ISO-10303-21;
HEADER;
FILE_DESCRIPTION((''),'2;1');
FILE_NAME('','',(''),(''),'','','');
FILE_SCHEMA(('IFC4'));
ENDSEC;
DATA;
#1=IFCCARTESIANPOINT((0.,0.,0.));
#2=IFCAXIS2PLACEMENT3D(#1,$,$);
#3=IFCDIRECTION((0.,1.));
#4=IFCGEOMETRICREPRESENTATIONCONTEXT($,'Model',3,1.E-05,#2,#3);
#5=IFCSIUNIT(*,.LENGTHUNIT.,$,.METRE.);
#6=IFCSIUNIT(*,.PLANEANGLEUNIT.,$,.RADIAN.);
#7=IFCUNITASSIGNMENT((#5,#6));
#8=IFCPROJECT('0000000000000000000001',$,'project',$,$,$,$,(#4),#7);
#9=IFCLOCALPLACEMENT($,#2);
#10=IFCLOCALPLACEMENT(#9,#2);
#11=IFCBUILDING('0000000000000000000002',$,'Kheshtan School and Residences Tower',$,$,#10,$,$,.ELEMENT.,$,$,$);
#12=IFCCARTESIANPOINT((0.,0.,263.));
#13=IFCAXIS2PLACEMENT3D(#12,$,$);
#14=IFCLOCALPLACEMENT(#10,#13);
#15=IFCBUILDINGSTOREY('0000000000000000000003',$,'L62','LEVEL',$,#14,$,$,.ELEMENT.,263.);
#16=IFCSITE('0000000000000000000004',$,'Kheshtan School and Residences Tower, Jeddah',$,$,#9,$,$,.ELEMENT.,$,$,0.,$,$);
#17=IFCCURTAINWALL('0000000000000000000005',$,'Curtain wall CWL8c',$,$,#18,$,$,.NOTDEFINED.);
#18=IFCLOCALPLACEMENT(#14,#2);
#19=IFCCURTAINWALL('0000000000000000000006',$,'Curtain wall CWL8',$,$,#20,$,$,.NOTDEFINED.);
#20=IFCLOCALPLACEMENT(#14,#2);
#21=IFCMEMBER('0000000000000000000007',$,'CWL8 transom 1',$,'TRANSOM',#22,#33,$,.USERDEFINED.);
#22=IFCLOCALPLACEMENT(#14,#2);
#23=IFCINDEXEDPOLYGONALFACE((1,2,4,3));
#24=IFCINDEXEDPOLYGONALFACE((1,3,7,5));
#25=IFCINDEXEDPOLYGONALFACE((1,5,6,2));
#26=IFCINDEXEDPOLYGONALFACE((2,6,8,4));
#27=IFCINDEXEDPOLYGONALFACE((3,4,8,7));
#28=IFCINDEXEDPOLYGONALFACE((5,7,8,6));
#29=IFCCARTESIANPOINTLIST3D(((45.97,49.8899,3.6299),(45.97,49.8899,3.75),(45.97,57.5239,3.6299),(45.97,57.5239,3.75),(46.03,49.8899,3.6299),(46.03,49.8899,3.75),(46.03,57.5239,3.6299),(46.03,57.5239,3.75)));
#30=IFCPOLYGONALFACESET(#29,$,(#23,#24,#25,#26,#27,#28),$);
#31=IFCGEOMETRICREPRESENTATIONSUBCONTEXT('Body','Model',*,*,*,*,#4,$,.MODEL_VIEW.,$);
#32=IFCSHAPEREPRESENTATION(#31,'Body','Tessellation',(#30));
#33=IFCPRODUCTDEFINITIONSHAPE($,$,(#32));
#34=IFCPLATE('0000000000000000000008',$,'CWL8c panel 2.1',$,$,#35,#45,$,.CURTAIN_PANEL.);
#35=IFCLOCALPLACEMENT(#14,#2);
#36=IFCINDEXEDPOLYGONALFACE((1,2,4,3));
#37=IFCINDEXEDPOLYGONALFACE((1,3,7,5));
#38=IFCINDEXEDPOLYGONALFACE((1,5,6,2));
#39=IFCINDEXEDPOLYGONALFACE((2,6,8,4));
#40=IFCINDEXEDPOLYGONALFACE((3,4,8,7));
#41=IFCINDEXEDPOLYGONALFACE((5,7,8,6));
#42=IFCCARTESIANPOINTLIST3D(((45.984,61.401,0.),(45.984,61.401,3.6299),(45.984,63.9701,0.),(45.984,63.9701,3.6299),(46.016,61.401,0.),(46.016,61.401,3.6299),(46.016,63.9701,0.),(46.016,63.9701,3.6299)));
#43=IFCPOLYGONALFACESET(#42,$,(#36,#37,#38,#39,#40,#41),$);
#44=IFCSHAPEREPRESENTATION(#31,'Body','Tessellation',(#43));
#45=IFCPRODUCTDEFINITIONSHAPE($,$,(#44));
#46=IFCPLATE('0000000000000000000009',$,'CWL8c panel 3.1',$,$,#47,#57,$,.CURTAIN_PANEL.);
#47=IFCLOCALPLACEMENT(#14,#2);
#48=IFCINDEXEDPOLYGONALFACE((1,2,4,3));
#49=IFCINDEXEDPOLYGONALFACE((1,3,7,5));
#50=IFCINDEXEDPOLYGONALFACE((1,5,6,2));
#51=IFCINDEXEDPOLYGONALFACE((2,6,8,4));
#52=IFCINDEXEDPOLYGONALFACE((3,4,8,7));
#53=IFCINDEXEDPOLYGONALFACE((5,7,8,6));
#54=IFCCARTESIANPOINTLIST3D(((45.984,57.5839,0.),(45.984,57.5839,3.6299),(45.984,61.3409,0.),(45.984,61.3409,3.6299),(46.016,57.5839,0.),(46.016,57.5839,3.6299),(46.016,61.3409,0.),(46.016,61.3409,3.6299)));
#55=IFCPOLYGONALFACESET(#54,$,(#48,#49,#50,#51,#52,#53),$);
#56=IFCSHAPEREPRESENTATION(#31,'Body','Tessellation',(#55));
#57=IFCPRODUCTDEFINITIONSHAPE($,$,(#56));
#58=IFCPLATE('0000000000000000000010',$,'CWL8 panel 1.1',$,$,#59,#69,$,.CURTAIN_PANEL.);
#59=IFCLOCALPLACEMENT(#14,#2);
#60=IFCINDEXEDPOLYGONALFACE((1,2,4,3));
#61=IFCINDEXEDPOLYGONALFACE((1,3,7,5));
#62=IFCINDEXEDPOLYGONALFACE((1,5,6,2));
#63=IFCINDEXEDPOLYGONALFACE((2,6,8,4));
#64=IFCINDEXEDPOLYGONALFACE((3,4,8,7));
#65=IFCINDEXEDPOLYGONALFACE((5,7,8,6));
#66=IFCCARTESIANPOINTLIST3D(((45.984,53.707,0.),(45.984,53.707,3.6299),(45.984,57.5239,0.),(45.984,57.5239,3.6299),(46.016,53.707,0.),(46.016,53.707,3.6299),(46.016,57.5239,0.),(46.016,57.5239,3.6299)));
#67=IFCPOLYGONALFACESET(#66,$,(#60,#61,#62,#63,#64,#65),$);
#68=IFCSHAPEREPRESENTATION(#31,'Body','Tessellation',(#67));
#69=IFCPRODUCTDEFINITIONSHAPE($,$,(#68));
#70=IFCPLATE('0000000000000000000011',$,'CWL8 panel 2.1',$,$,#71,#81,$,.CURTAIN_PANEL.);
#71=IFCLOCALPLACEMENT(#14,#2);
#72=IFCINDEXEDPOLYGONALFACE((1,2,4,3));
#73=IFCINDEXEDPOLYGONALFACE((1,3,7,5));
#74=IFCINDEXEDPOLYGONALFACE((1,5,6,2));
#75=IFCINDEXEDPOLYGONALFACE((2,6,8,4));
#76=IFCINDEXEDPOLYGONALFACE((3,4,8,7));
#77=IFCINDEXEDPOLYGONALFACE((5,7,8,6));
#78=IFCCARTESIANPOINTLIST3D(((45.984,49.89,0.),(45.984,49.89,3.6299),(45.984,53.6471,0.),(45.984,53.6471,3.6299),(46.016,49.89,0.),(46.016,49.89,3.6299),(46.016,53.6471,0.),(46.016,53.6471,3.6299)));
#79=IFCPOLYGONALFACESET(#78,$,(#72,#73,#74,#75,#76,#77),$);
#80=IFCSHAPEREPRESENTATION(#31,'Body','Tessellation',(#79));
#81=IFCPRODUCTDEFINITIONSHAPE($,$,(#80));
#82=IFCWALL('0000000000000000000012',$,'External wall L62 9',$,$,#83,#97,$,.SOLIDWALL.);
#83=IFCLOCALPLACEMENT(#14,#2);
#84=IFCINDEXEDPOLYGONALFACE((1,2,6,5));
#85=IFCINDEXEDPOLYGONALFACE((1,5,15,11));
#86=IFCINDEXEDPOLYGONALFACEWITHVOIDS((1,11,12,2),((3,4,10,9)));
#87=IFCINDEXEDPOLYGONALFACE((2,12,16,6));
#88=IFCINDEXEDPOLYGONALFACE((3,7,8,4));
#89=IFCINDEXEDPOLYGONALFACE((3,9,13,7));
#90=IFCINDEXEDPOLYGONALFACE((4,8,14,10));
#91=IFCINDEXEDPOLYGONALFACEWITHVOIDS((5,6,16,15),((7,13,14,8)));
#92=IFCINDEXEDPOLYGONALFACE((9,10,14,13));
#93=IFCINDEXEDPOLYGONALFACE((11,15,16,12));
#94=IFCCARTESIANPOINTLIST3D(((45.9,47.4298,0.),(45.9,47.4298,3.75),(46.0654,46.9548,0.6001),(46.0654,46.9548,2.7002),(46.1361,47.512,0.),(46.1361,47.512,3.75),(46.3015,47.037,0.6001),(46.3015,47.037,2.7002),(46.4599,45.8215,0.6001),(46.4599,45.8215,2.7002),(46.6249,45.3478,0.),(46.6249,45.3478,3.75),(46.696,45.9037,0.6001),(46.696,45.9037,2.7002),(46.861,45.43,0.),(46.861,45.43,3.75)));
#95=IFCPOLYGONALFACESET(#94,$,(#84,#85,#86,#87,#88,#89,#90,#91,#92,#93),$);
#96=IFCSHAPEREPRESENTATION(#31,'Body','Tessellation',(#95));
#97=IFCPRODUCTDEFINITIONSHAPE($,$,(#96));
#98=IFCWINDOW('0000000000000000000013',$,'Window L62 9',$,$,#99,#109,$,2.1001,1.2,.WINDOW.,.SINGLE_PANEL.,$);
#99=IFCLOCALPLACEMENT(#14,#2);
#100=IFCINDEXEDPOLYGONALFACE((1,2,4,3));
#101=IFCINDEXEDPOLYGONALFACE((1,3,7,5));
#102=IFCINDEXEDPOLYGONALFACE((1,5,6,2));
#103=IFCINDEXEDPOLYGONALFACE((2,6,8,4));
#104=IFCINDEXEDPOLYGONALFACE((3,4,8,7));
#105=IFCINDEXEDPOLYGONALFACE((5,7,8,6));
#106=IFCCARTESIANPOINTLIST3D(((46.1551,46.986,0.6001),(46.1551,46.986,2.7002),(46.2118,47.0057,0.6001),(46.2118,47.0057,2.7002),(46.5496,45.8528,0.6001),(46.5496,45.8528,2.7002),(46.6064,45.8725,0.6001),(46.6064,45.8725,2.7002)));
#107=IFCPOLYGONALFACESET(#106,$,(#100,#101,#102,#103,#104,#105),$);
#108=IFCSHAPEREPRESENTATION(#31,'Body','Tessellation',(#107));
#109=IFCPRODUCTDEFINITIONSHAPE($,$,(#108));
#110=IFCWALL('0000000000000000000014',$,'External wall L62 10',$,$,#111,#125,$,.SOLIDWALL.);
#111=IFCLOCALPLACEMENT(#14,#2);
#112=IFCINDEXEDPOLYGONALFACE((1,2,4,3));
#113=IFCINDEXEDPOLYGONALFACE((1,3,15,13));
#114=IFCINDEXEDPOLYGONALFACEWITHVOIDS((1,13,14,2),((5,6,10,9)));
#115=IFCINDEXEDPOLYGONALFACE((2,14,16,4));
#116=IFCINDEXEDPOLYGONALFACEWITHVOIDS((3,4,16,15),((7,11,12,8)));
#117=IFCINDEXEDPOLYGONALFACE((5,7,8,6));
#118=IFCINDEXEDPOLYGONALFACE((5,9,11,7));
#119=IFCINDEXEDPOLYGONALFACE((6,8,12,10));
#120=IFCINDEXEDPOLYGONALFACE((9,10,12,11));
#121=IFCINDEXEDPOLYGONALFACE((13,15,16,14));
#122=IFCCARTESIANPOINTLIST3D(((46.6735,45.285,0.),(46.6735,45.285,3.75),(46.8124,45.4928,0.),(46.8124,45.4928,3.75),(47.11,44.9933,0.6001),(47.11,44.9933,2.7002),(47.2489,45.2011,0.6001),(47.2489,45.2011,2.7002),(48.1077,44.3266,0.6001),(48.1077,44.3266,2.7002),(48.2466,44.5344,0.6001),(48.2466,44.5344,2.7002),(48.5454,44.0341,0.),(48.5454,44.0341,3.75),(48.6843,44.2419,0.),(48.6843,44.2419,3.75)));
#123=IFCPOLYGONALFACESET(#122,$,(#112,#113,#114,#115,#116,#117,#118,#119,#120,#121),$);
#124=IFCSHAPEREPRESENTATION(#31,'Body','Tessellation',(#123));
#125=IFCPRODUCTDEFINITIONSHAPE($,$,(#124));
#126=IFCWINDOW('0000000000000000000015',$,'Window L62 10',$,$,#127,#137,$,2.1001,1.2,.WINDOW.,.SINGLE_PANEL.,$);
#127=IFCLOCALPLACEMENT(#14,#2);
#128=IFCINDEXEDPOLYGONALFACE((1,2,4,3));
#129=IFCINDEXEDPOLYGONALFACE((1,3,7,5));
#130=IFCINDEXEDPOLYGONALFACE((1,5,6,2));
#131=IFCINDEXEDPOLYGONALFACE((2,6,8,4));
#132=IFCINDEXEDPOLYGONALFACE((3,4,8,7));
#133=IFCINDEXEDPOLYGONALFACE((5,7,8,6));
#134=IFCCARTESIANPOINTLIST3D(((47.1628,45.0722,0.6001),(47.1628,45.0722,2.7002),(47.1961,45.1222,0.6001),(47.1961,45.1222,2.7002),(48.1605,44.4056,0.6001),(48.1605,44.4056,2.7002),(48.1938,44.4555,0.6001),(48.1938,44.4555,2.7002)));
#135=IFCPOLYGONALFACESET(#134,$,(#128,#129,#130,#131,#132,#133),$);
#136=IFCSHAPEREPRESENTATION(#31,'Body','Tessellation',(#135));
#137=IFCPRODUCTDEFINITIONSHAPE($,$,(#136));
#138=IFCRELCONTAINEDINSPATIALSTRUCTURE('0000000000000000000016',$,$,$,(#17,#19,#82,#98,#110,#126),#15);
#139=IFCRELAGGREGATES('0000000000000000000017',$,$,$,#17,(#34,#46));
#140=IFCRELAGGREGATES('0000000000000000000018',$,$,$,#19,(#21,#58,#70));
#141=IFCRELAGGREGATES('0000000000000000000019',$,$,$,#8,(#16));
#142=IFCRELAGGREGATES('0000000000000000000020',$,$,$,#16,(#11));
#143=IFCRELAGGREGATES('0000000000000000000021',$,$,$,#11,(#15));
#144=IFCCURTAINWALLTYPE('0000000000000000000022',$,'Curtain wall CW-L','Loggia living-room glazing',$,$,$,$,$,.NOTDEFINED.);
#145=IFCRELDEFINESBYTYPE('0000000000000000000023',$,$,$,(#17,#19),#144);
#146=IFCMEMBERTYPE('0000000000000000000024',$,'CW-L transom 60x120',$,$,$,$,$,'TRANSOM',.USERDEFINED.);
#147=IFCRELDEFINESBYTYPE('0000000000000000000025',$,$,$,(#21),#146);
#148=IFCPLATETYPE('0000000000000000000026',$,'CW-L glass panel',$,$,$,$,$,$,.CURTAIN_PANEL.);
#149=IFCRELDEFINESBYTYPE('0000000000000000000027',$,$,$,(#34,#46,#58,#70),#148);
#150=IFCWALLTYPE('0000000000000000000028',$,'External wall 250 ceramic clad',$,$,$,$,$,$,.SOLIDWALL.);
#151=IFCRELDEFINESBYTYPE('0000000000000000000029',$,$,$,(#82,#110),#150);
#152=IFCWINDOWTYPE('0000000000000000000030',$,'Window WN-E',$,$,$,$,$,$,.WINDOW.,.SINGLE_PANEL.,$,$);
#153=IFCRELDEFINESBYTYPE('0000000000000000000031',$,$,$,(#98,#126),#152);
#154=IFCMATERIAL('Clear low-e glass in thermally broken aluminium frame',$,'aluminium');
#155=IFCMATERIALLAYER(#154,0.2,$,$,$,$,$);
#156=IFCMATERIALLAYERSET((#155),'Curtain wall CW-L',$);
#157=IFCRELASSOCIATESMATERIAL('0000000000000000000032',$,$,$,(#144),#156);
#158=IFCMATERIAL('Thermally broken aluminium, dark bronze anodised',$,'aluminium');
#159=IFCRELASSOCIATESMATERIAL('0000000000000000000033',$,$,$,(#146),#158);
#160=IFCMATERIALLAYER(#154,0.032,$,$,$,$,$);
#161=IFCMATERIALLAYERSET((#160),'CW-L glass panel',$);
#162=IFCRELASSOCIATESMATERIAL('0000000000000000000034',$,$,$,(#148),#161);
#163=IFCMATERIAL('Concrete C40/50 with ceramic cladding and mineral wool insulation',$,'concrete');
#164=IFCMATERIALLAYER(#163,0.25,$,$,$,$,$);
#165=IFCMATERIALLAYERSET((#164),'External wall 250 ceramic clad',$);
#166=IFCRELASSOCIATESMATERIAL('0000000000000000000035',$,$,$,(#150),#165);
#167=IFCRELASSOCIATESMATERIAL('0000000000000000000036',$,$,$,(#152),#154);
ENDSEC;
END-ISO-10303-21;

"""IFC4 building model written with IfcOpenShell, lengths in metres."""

from ifc_helpers import new_model, si_unit, direction, frame, frame_2d, origin, origin_2d, place, context, subcontext, project, spatial, rectangle, extrude, source, transform, mapped, material, layer, layer_set, material_profile, profile_set, type_object, element, fill, aggregate, save


model = new_model("IFC4")

# Units and contexts
model_context = context("Model", 3, precision=1e-05, world=origin(), true_north=direction((0.0, 1.0)))
body_context = subcontext(model_context, "Body", "Model", "MODEL_VIEW")
ifc_project = project(units=[si_unit("LENGTHUNIT", "METRE"), si_unit("PLANEANGLEUNIT", "RADIAN")], contexts=[model_context])

# Site, building, storey
site_placement = place(None, origin())
site = spatial("IfcSite", under=ifc_project, at=site_placement, Name="Kheshtan School and Residences Tower, Jeddah", CompositionType="ELEMENT", RefElevation=0.0)
building_placement = place(site_placement, origin())
building = spatial("IfcBuilding", under=site, at=building_placement, Name="Kheshtan School and Residences Tower", CompositionType="ELEMENT")
storey_placement = place(building_placement, frame((0.0, 0.0, 263.0)))
storey = spatial("IfcBuildingStorey", under=building, at=storey_placement, Name="L62", Description="LEVEL", CompositionType="ELEMENT", Elevation=263.0)

# Curtain walls, member
ifc_material_1 = material(Name="Clear low-e glass in thermally broken aluminium frame", Category="aluminium")
ifc_layer_1 = layer(ifc_material_1, 0.2)
ifc_layer_set_1 = layer_set([ifc_layer_1], Name="Curtain wall CW-L")
curtain_wall_type = type_object("IfcCurtainWallType", Name="Curtain wall CW-L", Description="Loggia living-room glazing", PredefinedType="NOTDEFINED", material=ifc_layer_set_1)
curtain_wall_1_placement = place(storey_placement, origin())
curtain_wall_1 = element("IfcCurtainWall", 1, at=curtain_wall_1_placement, inside=storey, type_object=curtain_wall_type, Name="Curtain wall CWL8c", PredefinedType="NOTDEFINED")
ifc_material_2 = material(Name="Thermally broken aluminium, dark bronze anodised", Category="aluminium")
curtain_wall_2_placement = place(storey_placement, origin())
curtain_wall_2 = element("IfcCurtainWall", 2, at=curtain_wall_2_placement, inside=storey, type_object=curtain_wall_type, Name="Curtain wall CWL8", PredefinedType="NOTDEFINED")
ifc_material_profile_1 = material_profile(ifc_material_2, rectangle(XDim=0.0601, YDim=0.1201, at=origin_2d()), Name="CW-L transom 60x120")
ifc_profile_set_1 = profile_set([ifc_material_profile_1], Name="Thermally broken aluminium, dark bronze anodised")
member_type_1 = type_object("IfcMemberType", Name="CW-L transom 60x120", ElementType="TRANSOM", PredefinedType="USERDEFINED", material=ifc_profile_set_1)
member_1_placement = place(storey_placement, frame((46.0, 57.5239, 3.6899), z_axis=(0.0, -1.0, 0.0), x_axis=(1.0, 0.0, 0.0)))
member_1 = element("IfcMember", 3, at=member_1_placement, type_object=member_type_1, Name="CWL8 transom 1", ObjectType="TRANSOM", PredefinedType="USERDEFINED", context=body_context, shape_type="SweptSolid", body=[
    extrude(rectangle(XDim=0.0601, YDim=0.1201, at=origin_2d()), origin(), (0.0, 0.0, 1.0), 7.634),
])

# Plates
ifc_layer_2 = layer(ifc_material_1, 0.032)
ifc_layer_set_2 = layer_set([ifc_layer_2], Name="CW-L glass panel")
plate_type = type_object("IfcPlateType", Name="CW-L glass panel", PredefinedType="CURTAIN_PANEL", material=ifc_layer_set_2)
plate_1_placement = place(storey_placement, frame((46.0, 62.6855, 0.0), z_axis=(0.0, 0.0, 1.0), x_axis=(0.0, -1.0, 0.0)))
plate_1 = element("IfcPlate", 4, at=plate_1_placement, type_object=plate_type, Name="CWL8c panel 2.1", PredefinedType="CURTAIN_PANEL", context=body_context, shape_type="SweptSolid", body=[
    extrude(rectangle(XDim=2.5691, YDim=0.032, at=origin_2d()), origin(), (0.0, 0.0, 1.0), 3.6299),
])
plate_2_placement = place(storey_placement, frame((46.0, 59.4624, 0.0), z_axis=(0.0, 0.0, 1.0), x_axis=(0.0, -1.0, 0.0)))
plate_2 = element("IfcPlate", 5, at=plate_2_placement, type_object=plate_type, Name="CWL8c panel 3.1", PredefinedType="CURTAIN_PANEL", context=body_context, shape_type="SweptSolid", body=[
    extrude(rectangle(XDim=3.7571, YDim=0.032, at=origin_2d()), origin(), (0.0, 0.0, 1.0), 3.6299),
])
aggregate(curtain_wall_1, [plate_1, plate_2])
plate_3_placement = place(storey_placement, frame((46.0, 55.6155, 0.0), z_axis=(0.0, 0.0, 1.0), x_axis=(0.0, -1.0, 0.0)))
plate_3 = element("IfcPlate", 6, at=plate_3_placement, type_object=plate_type, Name="CWL8 panel 1.1", PredefinedType="CURTAIN_PANEL", context=body_context, shape_type="SweptSolid", body=[
    extrude(rectangle(XDim=3.8169, YDim=0.032, at=origin_2d()), origin(), (0.0, 0.0, 1.0), 3.6299),
])
plate_4_placement = place(storey_placement, frame((46.0, 51.7686, 0.0), z_axis=(0.0, 0.0, 1.0), x_axis=(0.0, -1.0, 0.0)))
plate_4 = element("IfcPlate", 7, at=plate_4_placement, type_object=plate_type, Name="CWL8 panel 2.1", PredefinedType="CURTAIN_PANEL", context=body_context, shape_type="SweptSolid", body=[
    extrude(rectangle(XDim=3.7571, YDim=0.032, at=origin_2d()), origin(), (0.0, 0.0, 1.0), 3.6299),
])
aggregate(curtain_wall_2, [member_1, plate_3, plate_4])

# Walls, openings, windows
ifc_material_3 = material(Name="Concrete C40/50 with ceramic cladding and mineral wool insulation", Category="concrete")
ifc_layer_3 = layer(ifc_material_3, 0.25)
ifc_layer_set_3 = layer_set([ifc_layer_3], Name="External wall 250 ceramic clad")
wall_type_1 = type_object("IfcWallType", Name="External wall 250 ceramic clad", PredefinedType="SOLIDWALL", material=ifc_layer_set_3)
wall_1_placement = place(storey_placement, frame((46.0181, 47.4709, 0.0), z_axis=(0.0, 0.0, 1.0), x_axis=(0.328791, -0.944403, 0.0)))
wall_1 = element("IfcWall", 8, at=wall_1_placement, inside=storey, type_object=wall_type_1, Name="External wall L62 9", PredefinedType="SOLIDWALL", context=body_context, shape_type="SweptSolid", body=[
    extrude(rectangle(XDim=2.2046, YDim=0.25, at=frame_2d((1.1023, 0.0))), origin(), (0.0, 0.0, 1.0), 3.75),
])
opening_1_placement = place(wall_1_placement, frame((0.5029, 0.0, 0.6001)))
opening_1 = element("IfcOpeningElement", 9, at=opening_1_placement, cuts=wall_1, PredefinedType="OPENING", context=body_context, shape_type="SweptSolid", body=[
    extrude(rectangle(XDim=1.2, YDim=2.1001, at=frame_2d((0.6001, 1.05))), frame((0.0, 0.135, 0.0), z_axis=(0.0, -1.0, 0.0), x_axis=(1.0, 0.0, 0.0)), (0.0, 0.0, 1.0), 0.27),
])
window_type = type_object("IfcWindowType", Name="Window WN-E", PartitioningType="SINGLE_PANEL", PredefinedType="WINDOW", material=ifc_material_1)
shared_shape_1 = source(origin(), body_context, "Body", "SweptSolid", [
    extrude(rectangle(XDim=1.2, YDim=2.1001, at=frame_2d((0.6001, 1.05))), frame((0.0, 0.03, 0.0), z_axis=(0.0, -1.0, 0.0), x_axis=(1.0, 0.0, 0.0)), (0.0, 0.0, 1.0), 0.0601),
])
window_1_placement = place(opening_1_placement, origin())
window_1 = element("IfcWindow", 10, at=window_1_placement, inside=storey, type_object=window_type, Name="Window L62 9", OverallHeight=2.1001, OverallWidth=1.2, PartitioningType="SINGLE_PANEL", PredefinedType="WINDOW", context=body_context, shape_type="MappedRepresentation", body=[
    mapped(shared_shape_1, transform((0.0, 0.0, 0.0), x_axis=(1.0, 0.0, 0.0), y_axis=(0.0, 1.0, 0.0), z_axis=(0.0, 0.0, 1.0), scale=1.0)),
])
fill(opening_1, window_1)
wall_2_placement = place(storey_placement, frame((46.7429, 45.3889, 0.0), z_axis=(0.0, 0.0, 1.0), x_axis=(0.831449, -0.555601, 0.0)))
wall_2 = element("IfcWall", 11, at=wall_2_placement, inside=storey, type_object=wall_type_1, Name="External wall L62 10", PredefinedType="SOLIDWALL", context=body_context, shape_type="SweptSolid", body=[
    extrude(rectangle(XDim=2.2515, YDim=0.25, at=frame_2d((1.1257, 0.0))), origin(), (0.0, 0.0, 1.0), 3.75),
])
opening_2_placement = place(wall_2_placement, frame((0.5249, 0.0, 0.6001)))
opening_2 = element("IfcOpeningElement", 12, at=opening_2_placement, cuts=wall_2, PredefinedType="OPENING", context=body_context, shape_type="SweptSolid", body=[
    extrude(rectangle(XDim=1.2, YDim=2.1001, at=frame_2d((0.6001, 1.05))), frame((0.0, 0.135, 0.0), z_axis=(0.0, -1.0, 0.0), x_axis=(1.0, 0.0, 0.0)), (0.0, 0.0, 1.0), 0.27),
])
window_2_placement = place(opening_2_placement, origin())
window_2 = element("IfcWindow", 13, at=window_2_placement, inside=storey, type_object=window_type, Name="Window L62 10", OverallHeight=2.1001, OverallWidth=1.2, PartitioningType="SINGLE_PANEL", PredefinedType="WINDOW", context=body_context, shape_type="MappedRepresentation", body=[
    mapped(shared_shape_1, transform((0.0, 0.0, 0.0), x_axis=(1.0, 0.0, 0.0), y_axis=(0.0, 1.0, 0.0), z_axis=(0.0, 0.0, 1.0), scale=1.0)),
])
fill(opening_2, window_2)

save(model, "model.ifc")
